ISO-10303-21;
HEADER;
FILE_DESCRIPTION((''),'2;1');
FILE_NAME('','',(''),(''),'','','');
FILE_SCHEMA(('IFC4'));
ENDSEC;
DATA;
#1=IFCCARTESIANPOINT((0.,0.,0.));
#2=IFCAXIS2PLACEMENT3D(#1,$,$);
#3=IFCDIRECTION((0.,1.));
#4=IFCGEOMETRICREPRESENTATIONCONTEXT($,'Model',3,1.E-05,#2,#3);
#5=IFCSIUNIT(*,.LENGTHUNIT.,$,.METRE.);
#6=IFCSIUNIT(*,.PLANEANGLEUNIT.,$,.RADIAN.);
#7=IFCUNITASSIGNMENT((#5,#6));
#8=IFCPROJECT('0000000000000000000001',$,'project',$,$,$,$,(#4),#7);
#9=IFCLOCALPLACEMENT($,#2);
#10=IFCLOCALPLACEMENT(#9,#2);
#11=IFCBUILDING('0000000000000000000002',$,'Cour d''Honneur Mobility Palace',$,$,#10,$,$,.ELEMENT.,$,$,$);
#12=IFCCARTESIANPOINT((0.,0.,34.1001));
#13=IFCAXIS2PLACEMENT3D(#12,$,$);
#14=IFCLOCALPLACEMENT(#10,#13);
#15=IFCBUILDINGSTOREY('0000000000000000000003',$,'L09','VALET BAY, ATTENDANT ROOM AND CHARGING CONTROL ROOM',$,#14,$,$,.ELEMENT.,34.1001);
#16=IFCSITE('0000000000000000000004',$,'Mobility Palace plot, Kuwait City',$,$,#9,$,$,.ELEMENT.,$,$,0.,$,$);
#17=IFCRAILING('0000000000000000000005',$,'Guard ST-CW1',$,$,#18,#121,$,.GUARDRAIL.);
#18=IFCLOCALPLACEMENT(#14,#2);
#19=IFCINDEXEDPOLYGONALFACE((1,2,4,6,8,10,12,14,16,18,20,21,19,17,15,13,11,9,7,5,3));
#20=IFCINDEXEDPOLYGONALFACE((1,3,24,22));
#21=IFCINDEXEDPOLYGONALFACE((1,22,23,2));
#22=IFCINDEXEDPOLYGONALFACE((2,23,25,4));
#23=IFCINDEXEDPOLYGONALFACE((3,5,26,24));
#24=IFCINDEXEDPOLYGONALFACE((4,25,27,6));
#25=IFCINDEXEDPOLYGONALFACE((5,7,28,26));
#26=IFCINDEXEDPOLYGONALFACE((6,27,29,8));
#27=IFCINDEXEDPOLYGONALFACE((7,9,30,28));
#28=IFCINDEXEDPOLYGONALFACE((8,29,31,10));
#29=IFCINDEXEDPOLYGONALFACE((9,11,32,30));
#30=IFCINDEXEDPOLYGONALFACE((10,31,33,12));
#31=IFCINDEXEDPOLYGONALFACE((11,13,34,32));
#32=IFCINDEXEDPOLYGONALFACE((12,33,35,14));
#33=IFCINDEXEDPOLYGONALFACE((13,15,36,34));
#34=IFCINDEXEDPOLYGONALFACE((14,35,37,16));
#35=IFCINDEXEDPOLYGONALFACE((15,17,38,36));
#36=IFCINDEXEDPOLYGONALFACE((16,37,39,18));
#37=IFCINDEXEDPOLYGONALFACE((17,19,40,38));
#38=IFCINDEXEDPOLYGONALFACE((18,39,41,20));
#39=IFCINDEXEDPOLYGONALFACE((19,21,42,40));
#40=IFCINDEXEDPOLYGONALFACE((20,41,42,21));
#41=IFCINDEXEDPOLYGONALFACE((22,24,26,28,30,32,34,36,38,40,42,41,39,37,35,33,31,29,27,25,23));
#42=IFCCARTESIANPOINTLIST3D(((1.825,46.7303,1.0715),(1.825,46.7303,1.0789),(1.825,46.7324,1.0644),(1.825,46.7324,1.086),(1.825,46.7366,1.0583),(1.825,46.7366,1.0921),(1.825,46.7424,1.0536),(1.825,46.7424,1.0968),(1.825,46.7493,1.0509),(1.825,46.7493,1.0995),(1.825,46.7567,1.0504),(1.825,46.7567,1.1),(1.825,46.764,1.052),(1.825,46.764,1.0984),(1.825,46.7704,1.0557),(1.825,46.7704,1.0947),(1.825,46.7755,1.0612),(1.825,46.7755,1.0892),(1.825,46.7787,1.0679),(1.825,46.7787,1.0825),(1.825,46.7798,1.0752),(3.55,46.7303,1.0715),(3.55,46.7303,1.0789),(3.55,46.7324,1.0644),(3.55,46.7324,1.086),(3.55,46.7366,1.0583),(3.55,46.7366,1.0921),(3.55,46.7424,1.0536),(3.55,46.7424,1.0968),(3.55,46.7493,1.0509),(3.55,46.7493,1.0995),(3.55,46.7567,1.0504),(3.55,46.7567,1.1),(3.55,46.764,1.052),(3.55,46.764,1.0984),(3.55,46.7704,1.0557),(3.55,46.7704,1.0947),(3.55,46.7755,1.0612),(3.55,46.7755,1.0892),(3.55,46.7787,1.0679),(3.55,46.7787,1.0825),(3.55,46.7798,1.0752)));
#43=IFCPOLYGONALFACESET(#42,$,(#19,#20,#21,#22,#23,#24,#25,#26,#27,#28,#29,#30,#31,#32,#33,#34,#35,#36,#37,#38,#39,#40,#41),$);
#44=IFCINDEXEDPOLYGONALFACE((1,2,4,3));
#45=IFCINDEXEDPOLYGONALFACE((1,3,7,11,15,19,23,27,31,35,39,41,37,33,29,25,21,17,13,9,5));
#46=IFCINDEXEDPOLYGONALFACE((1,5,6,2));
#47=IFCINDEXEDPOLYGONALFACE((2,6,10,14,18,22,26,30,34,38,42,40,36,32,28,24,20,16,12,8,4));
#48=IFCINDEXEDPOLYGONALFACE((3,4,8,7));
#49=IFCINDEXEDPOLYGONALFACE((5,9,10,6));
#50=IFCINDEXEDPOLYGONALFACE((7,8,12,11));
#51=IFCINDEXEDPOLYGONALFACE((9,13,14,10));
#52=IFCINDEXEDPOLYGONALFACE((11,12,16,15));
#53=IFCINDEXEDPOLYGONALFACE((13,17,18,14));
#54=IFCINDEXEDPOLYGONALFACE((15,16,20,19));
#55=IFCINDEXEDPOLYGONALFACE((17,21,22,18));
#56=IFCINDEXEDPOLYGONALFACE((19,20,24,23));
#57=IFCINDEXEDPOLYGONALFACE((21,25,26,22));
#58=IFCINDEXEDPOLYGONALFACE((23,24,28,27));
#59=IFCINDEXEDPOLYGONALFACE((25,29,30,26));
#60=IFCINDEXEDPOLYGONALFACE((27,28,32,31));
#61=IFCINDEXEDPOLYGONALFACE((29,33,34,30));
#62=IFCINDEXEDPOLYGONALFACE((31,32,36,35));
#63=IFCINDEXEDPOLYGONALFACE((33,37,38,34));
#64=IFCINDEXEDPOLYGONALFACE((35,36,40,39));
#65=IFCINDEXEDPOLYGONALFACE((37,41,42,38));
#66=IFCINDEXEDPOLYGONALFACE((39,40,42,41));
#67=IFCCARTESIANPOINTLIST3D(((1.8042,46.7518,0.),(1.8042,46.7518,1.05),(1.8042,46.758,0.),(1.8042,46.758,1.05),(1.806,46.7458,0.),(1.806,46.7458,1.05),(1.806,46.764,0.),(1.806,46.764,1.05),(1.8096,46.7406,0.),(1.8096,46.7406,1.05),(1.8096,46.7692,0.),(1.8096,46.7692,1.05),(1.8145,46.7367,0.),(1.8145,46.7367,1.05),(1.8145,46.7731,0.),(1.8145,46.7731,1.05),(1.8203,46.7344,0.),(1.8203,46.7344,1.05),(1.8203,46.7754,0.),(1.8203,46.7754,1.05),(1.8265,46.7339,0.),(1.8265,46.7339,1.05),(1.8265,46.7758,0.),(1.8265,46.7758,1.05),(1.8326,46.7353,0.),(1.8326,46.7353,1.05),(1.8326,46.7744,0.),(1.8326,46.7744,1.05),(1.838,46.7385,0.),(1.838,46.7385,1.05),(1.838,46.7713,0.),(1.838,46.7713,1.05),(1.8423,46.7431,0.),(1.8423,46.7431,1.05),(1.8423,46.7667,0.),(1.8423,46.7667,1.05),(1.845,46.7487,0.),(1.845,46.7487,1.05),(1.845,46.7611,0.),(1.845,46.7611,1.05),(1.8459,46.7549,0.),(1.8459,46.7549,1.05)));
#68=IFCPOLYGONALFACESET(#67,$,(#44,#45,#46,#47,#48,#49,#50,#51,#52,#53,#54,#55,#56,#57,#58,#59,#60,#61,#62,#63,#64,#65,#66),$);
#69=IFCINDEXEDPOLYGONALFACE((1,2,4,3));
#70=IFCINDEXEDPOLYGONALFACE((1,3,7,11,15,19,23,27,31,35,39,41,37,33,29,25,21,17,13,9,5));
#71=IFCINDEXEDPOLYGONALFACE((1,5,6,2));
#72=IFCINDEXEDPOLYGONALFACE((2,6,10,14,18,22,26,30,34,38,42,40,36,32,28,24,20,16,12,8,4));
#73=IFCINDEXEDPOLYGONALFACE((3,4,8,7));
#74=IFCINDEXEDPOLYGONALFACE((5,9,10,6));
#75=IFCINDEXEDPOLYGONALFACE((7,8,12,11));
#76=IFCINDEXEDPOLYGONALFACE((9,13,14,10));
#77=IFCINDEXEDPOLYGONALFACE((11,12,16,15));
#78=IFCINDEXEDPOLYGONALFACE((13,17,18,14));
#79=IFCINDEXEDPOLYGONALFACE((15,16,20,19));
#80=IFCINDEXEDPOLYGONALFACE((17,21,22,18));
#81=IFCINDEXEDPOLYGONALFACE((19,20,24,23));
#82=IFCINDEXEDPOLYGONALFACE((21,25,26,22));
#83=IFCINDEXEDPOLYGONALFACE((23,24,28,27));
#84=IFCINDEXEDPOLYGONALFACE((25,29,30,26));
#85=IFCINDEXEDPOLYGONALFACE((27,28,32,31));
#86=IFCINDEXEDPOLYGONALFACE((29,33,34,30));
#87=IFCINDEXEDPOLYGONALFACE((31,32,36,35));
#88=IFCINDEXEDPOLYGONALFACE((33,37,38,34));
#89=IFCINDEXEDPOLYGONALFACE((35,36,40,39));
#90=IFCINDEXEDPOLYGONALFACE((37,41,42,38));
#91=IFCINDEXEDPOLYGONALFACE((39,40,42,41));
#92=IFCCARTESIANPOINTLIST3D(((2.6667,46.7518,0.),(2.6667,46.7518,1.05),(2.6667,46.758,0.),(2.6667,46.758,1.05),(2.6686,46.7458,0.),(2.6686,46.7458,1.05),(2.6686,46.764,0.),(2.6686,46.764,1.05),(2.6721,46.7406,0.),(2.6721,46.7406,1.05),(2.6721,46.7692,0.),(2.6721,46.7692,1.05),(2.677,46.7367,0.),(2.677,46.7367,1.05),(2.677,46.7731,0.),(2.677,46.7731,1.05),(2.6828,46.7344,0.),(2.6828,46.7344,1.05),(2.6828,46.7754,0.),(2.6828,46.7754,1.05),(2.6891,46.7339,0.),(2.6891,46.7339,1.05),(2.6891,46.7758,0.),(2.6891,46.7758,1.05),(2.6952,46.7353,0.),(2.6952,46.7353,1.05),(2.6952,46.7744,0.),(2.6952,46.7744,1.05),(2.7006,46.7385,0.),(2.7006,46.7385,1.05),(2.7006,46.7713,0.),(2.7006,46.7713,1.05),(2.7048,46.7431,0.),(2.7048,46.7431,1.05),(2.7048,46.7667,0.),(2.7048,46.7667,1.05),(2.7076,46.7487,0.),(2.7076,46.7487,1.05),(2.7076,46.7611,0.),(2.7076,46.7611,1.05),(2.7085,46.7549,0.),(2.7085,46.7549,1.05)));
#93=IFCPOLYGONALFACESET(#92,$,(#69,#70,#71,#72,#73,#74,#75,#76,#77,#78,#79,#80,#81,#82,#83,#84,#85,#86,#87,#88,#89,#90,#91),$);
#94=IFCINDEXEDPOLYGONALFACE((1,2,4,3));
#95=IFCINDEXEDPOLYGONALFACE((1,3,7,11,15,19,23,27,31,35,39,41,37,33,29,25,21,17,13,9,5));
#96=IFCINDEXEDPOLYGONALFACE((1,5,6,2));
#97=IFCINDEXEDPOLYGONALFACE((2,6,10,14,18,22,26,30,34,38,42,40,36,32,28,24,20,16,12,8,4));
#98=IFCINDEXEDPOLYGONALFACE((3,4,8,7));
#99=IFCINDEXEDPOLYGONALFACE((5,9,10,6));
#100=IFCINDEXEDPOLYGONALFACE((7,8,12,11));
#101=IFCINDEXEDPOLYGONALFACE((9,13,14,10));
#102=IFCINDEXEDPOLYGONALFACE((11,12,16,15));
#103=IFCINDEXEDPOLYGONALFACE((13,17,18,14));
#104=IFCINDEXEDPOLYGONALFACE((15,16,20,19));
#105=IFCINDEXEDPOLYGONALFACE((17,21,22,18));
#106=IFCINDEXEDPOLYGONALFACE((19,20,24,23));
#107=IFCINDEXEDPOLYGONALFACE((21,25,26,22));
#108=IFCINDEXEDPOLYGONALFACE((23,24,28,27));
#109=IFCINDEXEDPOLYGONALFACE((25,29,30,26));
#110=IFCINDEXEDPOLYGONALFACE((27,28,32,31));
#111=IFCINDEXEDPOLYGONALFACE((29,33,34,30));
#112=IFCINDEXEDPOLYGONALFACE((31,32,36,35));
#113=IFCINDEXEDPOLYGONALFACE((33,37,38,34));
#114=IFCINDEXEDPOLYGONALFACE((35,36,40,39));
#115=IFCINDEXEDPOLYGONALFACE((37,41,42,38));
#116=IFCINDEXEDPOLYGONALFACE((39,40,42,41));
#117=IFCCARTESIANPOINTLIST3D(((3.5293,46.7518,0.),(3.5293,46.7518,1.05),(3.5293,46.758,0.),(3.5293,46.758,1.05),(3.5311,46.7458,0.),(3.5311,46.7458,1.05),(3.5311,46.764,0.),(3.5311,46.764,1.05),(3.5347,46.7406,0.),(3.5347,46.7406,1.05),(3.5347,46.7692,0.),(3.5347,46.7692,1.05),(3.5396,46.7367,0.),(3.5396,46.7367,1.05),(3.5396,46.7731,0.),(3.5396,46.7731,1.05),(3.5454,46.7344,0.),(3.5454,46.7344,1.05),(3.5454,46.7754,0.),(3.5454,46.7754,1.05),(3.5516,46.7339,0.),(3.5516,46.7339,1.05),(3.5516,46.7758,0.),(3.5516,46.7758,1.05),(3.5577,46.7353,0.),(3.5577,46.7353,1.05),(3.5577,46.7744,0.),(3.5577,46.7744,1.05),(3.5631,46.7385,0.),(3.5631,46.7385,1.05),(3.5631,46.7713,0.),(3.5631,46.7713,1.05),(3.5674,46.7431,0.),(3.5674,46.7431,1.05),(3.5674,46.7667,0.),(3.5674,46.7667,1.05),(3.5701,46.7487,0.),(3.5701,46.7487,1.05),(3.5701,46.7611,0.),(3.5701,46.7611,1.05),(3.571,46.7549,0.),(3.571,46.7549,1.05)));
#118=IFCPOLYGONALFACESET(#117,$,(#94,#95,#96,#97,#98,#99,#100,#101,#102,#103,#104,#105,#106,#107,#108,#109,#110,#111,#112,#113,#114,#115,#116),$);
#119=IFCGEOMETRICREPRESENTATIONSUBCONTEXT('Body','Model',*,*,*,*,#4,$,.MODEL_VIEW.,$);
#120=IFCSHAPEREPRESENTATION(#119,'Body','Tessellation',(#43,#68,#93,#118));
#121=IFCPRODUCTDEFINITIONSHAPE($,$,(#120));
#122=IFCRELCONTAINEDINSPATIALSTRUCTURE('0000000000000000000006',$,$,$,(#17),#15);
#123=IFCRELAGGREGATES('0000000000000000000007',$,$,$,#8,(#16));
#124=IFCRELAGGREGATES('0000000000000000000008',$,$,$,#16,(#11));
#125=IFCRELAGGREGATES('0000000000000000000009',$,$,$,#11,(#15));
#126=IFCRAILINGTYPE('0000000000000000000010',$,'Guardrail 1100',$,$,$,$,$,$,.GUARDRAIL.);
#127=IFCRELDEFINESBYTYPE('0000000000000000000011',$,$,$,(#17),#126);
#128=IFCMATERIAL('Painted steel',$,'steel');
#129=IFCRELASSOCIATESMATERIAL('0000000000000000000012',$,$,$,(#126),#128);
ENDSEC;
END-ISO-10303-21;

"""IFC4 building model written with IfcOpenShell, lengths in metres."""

from ifc_helpers import new_model, si_unit, direction, frame, origin, origin_2d, place, context, subcontext, project, spatial, circle, extrude, material, type_object, element, save


model = new_model("IFC4")

# Units and contexts
model_context = context("Model", 3, precision=1e-05, world=origin(), true_north=direction((0.0, 1.0)))
body_context = subcontext(model_context, "Body", "Model", "MODEL_VIEW")
ifc_project = project(units=[si_unit("LENGTHUNIT", "METRE"), si_unit("PLANEANGLEUNIT", "RADIAN")], contexts=[model_context])

# Site, building, storey
site_placement = place(None, origin())
site = spatial("IfcSite", under=ifc_project, at=site_placement, Name="Mobility Palace plot, Kuwait City", CompositionType="ELEMENT", RefElevation=0.0)
building_placement = place(site_placement, origin())
building = spatial("IfcBuilding", under=site, at=building_placement, Name="Cour d'Honneur Mobility Palace", CompositionType="ELEMENT")
storey_placement = place(building_placement, frame((0.0, 0.0, 34.1001)))
storey = spatial("IfcBuildingStorey", under=building, at=storey_placement, Name="L09", Description="VALET BAY, ATTENDANT ROOM AND CHARGING CONTROL ROOM", CompositionType="ELEMENT", Elevation=34.1001)

# Railing
ifc_material_1 = material(Name="Painted steel", Category="steel")
railing_type_1 = type_object("IfcRailingType", Name="Guardrail 1100", PredefinedType="GUARDRAIL", material=ifc_material_1)
railing_1_placement = place(storey_placement, frame((1.825, 46.7549, 0.0)))
element("IfcRailing", 1, at=railing_1_placement, inside=storey, type_object=railing_type_1, Name="Guard ST-CW1", PredefinedType="GUARDRAIL", context=body_context, shape_type="SweptSolid", body=[
    extrude(circle(Radius=0.0249, at=origin_2d()), frame((0.0, 0.0, 1.0752), z_axis=(1.0, 0.0, 0.0), x_axis=(0.0, 1.0, 0.0)), (0.0, 0.0, 1.0), 1.7251),
    extrude(circle(Radius=0.021, at=origin_2d()), origin(), (0.0, 0.0, 1.0), 1.05),
    extrude(circle(Radius=0.021, at=origin_2d()), frame((0.8625, 0.0, 0.0)), (0.0, 0.0, 1.0), 1.05),
    extrude(circle(Radius=0.021, at=origin_2d()), frame((1.7251, 0.0, 0.0)), (0.0, 0.0, 1.0), 1.05),
])

save(model, "model.ifc")
